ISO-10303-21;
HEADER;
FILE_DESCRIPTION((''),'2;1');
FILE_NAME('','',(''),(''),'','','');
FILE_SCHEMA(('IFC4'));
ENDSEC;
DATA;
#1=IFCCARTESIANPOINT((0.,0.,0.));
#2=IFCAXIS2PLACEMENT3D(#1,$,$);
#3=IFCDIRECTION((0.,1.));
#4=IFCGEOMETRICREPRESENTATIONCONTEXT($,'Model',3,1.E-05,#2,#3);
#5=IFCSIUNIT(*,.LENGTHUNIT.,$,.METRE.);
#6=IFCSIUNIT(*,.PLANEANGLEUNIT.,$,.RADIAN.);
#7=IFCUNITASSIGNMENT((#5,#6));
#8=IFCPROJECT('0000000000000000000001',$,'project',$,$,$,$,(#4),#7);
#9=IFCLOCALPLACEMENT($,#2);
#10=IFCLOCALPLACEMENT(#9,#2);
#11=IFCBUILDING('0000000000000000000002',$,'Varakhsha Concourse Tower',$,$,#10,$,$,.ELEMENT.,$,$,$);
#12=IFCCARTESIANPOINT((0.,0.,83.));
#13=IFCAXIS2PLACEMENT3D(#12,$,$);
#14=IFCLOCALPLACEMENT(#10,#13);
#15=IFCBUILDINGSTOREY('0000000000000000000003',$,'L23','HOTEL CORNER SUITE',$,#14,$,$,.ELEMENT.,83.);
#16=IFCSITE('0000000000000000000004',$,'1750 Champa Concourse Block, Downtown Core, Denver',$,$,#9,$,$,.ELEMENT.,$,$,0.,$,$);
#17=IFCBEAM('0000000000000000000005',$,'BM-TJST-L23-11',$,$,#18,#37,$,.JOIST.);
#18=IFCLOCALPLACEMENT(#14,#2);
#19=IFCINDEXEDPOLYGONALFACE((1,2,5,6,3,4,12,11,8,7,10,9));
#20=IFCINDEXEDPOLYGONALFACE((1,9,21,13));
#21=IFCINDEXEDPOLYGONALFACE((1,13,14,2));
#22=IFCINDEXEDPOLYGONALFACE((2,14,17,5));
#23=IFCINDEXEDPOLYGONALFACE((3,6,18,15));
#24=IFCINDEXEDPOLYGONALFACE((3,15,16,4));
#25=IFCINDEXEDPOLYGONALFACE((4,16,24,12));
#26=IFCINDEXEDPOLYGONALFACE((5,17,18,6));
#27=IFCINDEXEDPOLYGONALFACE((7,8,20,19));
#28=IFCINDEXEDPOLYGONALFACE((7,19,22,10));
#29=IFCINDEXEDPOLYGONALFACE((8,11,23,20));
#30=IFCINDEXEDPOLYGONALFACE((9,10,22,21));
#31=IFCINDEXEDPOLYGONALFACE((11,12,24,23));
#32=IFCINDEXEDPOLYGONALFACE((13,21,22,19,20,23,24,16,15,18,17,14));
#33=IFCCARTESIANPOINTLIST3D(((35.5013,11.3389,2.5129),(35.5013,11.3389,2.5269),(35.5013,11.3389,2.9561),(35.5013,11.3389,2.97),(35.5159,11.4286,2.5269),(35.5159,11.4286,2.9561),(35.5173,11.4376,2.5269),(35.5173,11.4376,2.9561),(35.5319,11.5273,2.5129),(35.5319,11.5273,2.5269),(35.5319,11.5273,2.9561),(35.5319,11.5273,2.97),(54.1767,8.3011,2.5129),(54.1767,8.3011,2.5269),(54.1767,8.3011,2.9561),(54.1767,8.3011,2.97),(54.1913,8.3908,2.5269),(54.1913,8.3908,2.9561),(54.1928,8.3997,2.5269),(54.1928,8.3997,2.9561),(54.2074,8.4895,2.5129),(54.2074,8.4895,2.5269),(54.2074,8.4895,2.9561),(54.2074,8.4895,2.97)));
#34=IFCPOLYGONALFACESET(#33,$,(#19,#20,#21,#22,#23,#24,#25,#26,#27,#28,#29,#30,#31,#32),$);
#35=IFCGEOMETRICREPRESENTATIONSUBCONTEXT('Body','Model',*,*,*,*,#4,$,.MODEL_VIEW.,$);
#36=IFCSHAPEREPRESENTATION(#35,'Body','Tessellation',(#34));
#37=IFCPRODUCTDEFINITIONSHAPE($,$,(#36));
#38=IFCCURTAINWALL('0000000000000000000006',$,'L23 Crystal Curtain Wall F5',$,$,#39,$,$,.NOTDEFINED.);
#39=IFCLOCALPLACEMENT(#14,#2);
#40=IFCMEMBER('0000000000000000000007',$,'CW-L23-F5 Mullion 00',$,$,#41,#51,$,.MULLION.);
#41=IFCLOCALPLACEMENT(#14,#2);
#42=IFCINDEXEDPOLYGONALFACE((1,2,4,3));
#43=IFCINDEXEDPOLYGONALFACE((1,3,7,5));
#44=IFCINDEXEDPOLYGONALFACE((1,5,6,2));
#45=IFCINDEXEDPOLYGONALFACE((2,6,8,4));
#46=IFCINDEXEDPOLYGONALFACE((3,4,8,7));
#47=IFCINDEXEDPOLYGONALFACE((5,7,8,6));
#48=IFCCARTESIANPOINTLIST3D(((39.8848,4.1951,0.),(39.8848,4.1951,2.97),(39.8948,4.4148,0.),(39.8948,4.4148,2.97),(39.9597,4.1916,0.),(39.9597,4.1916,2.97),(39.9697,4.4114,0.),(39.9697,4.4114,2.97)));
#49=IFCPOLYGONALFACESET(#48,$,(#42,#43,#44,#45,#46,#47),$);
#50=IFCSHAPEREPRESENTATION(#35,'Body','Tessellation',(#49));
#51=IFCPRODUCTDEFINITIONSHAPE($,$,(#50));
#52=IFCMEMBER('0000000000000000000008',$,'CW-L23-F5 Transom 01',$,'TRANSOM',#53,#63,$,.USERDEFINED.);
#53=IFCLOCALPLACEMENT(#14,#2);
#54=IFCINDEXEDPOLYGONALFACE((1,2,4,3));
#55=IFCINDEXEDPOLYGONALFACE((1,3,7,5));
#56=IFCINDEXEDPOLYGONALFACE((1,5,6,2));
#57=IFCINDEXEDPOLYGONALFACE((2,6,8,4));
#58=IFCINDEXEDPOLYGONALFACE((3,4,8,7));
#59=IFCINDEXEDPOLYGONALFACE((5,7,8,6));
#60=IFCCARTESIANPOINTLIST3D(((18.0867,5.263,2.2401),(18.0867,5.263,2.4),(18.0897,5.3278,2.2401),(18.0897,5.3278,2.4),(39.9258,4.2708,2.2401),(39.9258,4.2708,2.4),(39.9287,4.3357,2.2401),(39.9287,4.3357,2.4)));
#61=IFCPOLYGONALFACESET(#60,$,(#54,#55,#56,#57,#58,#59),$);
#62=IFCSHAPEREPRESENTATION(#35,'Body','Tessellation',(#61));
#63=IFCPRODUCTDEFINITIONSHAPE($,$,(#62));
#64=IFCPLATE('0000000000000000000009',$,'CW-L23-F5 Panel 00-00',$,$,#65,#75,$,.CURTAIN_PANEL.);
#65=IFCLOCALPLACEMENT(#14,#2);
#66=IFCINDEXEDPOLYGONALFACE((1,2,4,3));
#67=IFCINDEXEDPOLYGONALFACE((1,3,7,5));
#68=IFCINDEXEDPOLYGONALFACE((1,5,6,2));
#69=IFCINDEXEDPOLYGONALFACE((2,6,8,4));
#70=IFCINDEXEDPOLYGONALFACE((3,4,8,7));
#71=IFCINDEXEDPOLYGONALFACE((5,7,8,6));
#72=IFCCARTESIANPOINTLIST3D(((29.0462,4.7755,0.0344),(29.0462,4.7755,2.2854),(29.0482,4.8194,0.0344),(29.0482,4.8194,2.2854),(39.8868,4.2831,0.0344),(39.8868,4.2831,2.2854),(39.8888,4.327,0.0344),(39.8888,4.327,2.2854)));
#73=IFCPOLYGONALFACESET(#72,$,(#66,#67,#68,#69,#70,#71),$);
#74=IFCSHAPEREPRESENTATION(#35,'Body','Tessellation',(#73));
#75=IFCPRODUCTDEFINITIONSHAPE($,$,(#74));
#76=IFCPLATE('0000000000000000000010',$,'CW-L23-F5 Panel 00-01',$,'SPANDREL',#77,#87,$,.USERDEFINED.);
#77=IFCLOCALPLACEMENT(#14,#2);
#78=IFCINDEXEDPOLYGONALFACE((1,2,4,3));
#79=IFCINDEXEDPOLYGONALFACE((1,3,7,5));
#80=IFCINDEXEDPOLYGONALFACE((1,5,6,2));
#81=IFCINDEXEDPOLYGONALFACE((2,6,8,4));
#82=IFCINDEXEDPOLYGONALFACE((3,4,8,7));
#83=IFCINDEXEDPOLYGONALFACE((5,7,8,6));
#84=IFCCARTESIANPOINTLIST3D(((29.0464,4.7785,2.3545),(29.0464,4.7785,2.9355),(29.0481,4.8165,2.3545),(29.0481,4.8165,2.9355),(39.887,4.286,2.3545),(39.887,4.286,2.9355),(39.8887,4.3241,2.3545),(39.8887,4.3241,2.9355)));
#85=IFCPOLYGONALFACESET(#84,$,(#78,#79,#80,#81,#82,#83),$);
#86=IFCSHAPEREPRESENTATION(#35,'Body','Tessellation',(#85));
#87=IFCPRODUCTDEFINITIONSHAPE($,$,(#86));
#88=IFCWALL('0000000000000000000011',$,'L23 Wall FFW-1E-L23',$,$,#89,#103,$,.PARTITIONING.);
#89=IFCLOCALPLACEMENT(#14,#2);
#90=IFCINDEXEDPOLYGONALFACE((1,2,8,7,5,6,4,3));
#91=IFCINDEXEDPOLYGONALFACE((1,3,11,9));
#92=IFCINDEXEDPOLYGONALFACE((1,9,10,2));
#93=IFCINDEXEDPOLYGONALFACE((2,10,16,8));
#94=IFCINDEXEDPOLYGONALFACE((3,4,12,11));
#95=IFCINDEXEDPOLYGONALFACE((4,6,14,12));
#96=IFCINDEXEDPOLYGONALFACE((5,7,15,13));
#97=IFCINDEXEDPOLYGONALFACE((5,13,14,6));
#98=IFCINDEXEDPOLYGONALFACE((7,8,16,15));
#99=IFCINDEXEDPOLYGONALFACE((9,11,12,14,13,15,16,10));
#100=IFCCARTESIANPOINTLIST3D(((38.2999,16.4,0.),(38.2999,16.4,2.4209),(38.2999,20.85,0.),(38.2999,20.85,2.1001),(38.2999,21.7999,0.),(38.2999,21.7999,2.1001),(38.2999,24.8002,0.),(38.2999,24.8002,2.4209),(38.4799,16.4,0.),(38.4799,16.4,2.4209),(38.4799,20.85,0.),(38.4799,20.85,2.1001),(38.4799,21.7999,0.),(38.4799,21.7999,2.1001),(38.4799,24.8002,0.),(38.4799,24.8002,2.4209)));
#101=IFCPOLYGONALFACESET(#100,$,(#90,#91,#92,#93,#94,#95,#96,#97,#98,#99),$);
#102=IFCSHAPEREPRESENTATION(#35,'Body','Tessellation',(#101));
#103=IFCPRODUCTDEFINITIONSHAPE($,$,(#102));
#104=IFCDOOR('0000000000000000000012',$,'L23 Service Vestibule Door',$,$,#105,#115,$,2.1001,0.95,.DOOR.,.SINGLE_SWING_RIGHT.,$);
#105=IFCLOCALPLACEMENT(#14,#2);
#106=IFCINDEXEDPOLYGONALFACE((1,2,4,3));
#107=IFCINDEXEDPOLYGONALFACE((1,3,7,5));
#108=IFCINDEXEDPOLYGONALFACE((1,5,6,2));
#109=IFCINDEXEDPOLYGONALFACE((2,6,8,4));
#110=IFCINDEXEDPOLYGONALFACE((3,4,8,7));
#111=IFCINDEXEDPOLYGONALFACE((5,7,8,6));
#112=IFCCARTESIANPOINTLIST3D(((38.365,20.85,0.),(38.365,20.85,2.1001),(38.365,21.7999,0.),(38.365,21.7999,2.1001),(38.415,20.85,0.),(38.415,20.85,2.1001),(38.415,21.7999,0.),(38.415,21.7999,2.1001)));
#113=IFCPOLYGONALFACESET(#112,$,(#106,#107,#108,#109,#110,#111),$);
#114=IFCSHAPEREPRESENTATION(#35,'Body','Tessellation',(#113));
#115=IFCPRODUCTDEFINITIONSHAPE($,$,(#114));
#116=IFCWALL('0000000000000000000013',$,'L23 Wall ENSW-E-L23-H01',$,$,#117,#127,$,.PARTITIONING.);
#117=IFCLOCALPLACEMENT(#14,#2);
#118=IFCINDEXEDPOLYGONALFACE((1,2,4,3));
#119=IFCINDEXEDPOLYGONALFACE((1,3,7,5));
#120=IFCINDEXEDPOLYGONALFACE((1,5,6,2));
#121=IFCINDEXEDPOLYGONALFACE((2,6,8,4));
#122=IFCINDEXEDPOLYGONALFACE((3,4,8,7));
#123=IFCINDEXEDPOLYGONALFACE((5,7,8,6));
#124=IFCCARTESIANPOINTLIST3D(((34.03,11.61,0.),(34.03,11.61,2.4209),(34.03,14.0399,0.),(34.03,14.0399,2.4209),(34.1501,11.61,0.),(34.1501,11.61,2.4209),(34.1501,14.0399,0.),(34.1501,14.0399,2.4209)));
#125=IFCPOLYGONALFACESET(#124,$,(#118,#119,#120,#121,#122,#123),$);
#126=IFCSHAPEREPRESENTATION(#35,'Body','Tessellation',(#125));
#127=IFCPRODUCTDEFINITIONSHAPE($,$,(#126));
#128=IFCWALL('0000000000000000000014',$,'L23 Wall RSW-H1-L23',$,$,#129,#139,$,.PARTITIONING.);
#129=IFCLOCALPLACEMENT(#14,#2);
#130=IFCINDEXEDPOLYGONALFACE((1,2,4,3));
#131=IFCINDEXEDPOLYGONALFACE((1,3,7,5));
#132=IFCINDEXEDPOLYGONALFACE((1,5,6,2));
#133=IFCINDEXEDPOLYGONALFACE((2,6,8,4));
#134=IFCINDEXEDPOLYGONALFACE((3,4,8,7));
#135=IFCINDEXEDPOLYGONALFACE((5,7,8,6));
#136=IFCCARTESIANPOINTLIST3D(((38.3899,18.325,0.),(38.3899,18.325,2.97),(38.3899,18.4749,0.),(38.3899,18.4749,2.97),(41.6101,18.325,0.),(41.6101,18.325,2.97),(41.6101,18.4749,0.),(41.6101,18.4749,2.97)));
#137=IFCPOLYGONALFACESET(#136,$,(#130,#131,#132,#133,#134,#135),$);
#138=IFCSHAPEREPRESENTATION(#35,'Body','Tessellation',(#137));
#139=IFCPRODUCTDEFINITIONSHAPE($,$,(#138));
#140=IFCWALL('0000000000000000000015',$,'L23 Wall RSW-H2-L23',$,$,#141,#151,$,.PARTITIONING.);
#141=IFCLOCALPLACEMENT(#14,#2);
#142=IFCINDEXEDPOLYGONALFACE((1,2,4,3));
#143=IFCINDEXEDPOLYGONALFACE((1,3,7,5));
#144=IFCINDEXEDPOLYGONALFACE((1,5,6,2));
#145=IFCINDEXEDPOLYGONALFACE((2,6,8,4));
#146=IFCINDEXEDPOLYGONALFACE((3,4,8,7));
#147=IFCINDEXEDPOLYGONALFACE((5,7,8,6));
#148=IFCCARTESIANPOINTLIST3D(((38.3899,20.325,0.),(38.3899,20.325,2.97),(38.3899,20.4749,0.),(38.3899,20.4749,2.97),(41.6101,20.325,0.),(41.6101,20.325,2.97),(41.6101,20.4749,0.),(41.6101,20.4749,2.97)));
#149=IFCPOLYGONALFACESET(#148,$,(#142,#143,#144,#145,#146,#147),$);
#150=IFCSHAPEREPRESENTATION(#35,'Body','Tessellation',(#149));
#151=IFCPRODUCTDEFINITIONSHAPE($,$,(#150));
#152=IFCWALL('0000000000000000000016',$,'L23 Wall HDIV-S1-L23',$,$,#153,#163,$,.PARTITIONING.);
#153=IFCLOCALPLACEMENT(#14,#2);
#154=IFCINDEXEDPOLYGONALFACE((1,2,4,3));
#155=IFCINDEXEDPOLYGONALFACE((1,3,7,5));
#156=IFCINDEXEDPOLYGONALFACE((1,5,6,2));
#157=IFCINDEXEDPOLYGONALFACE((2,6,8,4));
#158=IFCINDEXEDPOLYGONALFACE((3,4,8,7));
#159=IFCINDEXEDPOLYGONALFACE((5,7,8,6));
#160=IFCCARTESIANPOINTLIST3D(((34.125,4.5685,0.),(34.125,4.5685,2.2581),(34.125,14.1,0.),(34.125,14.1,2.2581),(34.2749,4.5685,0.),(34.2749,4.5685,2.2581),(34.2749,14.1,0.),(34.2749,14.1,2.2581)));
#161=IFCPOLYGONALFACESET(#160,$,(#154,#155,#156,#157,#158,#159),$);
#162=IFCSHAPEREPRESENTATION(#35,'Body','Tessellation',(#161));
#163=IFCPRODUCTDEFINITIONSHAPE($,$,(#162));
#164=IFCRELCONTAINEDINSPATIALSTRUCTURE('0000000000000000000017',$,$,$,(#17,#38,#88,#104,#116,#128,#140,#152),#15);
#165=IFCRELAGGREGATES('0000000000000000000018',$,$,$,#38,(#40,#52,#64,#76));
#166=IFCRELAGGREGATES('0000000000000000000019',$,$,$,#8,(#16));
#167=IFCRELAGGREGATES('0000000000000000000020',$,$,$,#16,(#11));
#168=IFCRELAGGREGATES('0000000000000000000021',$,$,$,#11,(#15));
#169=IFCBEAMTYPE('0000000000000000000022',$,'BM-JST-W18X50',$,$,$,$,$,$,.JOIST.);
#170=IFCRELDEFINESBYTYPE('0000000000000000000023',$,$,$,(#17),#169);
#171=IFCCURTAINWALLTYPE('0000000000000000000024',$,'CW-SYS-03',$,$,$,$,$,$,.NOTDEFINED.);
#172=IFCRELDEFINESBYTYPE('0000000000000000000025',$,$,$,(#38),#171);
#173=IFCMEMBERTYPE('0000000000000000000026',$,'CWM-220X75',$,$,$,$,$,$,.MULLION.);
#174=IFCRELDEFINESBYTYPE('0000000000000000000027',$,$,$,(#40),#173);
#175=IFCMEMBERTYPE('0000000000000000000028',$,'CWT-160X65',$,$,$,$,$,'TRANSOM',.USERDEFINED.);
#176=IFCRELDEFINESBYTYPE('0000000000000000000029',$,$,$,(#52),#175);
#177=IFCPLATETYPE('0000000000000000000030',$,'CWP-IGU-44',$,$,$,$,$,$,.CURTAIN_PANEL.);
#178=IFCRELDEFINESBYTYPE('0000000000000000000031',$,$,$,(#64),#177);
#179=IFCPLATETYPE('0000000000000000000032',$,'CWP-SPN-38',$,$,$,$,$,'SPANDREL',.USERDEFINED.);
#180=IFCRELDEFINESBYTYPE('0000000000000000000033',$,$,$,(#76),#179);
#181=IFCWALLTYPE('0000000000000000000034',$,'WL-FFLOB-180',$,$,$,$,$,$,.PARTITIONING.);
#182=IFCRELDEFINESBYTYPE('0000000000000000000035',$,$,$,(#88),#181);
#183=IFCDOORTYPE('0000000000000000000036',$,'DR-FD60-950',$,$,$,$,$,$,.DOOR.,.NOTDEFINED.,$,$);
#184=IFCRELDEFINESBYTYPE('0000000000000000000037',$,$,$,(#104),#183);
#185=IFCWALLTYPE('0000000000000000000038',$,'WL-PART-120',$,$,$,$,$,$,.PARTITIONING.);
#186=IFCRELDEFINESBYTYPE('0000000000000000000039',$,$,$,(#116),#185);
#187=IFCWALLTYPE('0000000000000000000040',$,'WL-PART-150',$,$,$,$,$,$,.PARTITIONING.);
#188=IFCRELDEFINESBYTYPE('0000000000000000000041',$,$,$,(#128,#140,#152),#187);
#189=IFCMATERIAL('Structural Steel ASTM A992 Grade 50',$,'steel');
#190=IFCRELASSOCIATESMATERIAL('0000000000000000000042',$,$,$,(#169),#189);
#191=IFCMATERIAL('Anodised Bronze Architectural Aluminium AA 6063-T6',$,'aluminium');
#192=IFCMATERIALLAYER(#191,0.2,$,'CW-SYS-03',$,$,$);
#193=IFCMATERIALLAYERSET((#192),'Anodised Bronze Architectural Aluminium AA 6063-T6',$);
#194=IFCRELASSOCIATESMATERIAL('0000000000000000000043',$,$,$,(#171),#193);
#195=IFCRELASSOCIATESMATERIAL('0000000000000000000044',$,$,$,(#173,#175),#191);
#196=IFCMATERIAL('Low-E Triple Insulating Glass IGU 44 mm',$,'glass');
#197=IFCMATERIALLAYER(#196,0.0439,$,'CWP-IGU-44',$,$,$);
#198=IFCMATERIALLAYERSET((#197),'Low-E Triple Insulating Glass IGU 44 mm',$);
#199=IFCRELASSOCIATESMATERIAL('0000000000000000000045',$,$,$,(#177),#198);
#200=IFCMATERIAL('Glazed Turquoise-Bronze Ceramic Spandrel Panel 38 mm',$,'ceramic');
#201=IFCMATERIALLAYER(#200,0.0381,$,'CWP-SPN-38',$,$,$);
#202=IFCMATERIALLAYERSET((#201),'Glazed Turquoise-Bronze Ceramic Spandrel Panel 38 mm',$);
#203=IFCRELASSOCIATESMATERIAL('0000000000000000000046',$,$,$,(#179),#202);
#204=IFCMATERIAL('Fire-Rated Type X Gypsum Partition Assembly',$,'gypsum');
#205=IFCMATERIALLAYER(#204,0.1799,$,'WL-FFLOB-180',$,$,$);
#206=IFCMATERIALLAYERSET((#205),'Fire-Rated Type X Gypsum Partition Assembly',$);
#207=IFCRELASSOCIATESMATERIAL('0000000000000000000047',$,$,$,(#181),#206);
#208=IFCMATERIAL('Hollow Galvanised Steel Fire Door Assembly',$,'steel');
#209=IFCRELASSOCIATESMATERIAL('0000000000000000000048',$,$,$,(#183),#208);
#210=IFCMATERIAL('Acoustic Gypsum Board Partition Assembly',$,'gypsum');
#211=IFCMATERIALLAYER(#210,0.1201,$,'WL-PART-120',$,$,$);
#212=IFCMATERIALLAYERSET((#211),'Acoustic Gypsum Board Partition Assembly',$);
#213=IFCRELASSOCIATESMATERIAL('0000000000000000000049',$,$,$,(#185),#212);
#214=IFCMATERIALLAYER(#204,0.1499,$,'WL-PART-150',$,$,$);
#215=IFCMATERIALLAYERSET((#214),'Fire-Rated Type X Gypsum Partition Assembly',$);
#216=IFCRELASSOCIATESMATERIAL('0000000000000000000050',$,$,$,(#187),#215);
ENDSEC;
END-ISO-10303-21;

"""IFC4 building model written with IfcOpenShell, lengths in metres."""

from ifc_helpers import new_model, si_unit, direction, frame, frame_2d, origin, origin_2d, place, context, subcontext, project, spatial, rectangle, i_section, extrude, source, transform, mapped, material, layer, layer_set, material_profile, profile_set, type_object, type_shapes, element, fill, aggregate, save


model = new_model("IFC4")

# Units and contexts
model_context = context("Model", 3, precision=1e-05, world=origin(), true_north=direction((0.0, 1.0)))
body_context = subcontext(model_context, "Body", "Model", "MODEL_VIEW")
ifc_project = project(units=[si_unit("LENGTHUNIT", "METRE"), si_unit("PLANEANGLEUNIT", "RADIAN")], contexts=[model_context])

# Site, building, storey
site_placement = place(None, origin())
site = spatial("IfcSite", under=ifc_project, at=site_placement, Name="1750 Champa Concourse Block, Downtown Core, Denver", CompositionType="ELEMENT", RefElevation=0.0)
building_placement = place(site_placement, origin())
building = spatial("IfcBuilding", under=site, at=building_placement, Name="Varakhsha Concourse Tower", CompositionType="ELEMENT")
storey_placement = place(building_placement, frame((0.0, 0.0, 83.0)))
storey = spatial("IfcBuildingStorey", under=building, at=storey_placement, Name="L23", Description="HOTEL CORNER SUITE", CompositionType="ELEMENT", Elevation=83.0)

# Beam
ifc_material_1 = material(Name="Structural Steel ASTM A992 Grade 50", Category="steel")
ifc_material_profile_1 = material_profile(ifc_material_1, i_section(OverallWidth=0.1909, OverallDepth=0.457, WebThickness=0.009, FlangeThickness=0.0139, at=origin_2d()), Name="W18X50")
ifc_profile_set_1 = profile_set([ifc_material_profile_1], Name="Structural Steel ASTM A992 Grade 50")
beam_type = type_object("IfcBeamType", Name="BM-JST-W18X50", PredefinedType="JOIST", material=ifc_profile_set_1)
beam_placement = place(storey_placement, frame((35.5166, 11.4331, 2.7415), z_axis=(0.987027, -0.160554, 0.0), x_axis=(0.160554, 0.987027, 0.0)))
element("IfcBeam", 1, at=beam_placement, inside=storey, type_object=beam_type, Name="BM-TJST-L23-11", PredefinedType="JOIST", context=body_context, shape_type="SweptSolid", body=[
    extrude(i_section(OverallWidth=0.1909, OverallDepth=0.457, WebThickness=0.009, FlangeThickness=0.0139, at=origin_2d()), origin(), (0.0, 0.0, 1.0), 18.9209),
])

# Curtain wall, members, plates
ifc_material_2 = material(Name="Anodised Bronze Architectural Aluminium AA 6063-T6", Category="aluminium")
ifc_layer_1 = layer(ifc_material_2, 0.2, Name="CW-SYS-03")
ifc_layer_set_1 = layer_set([ifc_layer_1], Name="Anodised Bronze Architectural Aluminium AA 6063-T6")
curtain_wall_type = type_object("IfcCurtainWallType", Name="CW-SYS-03", PredefinedType="NOTDEFINED", material=ifc_layer_set_1)
curtain_wall_placement = place(storey_placement, origin())
curtain_wall = element("IfcCurtainWall", 2, at=curtain_wall_placement, inside=storey, type_object=curtain_wall_type, Name="L23 Crystal Curtain Wall F5", PredefinedType="NOTDEFINED")
ifc_material_profile_2 = material_profile(ifc_material_2, rectangle(XDim=0.075, YDim=0.22, at=origin_2d()), Name="CWM-220X75")
ifc_profile_set_2 = profile_set([ifc_material_profile_2], Name="Anodised Bronze Architectural Aluminium AA 6063-T6")
member_type_1 = type_object("IfcMemberType", Name="CWM-220X75", PredefinedType="MULLION", material=ifc_profile_set_2)
shared_shape_1 = source(origin(), body_context, "Body", "SweptSolid", [
    extrude(rectangle(XDim=0.075, YDim=0.22, at=origin_2d()), origin(), (0.0, 0.0, 1.0), 2.97),
])
type_shapes(member_type_1, [shared_shape_1])
member_1_placement = place(storey_placement, frame((39.9272, 4.3032, 0.0), z_axis=(0.0, 0.0, 1.0), x_axis=(-0.99897, 0.04538, 0.0)))
member_1 = element("IfcMember", 3, at=member_1_placement, type_object=member_type_1, Name="CW-L23-F5 Mullion 00", PredefinedType="MULLION", context=body_context, shape_type="MappedRepresentation", body=[
    mapped(shared_shape_1, transform((0.0, 0.0, 0.0), scale=1.0)),
])
ifc_material_profile_3 = material_profile(ifc_material_2, rectangle(XDim=0.0649, YDim=0.1599, at=origin_2d()), Name="CWT-160X65")
ifc_profile_set_3 = profile_set([ifc_material_profile_3], Name="Anodised Bronze Architectural Aluminium AA 6063-T6")
member_type_2 = type_object("IfcMemberType", Name="CWT-160X65", ElementType="TRANSOM", PredefinedType="USERDEFINED", material=ifc_profile_set_3)
shared_shape_2 = source(origin(), body_context, "Body", "SweptSolid", [
    extrude(rectangle(XDim=0.0649, YDim=0.1599, at=origin_2d()), origin(), (0.0, 0.0, 1.0), 21.8616),
])
type_shapes(member_type_2, [shared_shape_2])
member_2_placement = place(storey_placement, frame((39.9272, 4.3032, 2.3201), z_axis=(-0.99897, 0.045385, 0.0), x_axis=(-0.045385, -0.99897, 0.0)))
member_2 = element("IfcMember", 4, at=member_2_placement, type_object=member_type_2, Name="CW-L23-F5 Transom 01", ObjectType="TRANSOM", PredefinedType="USERDEFINED", context=body_context, shape_type="MappedRepresentation", body=[
    mapped(shared_shape_2, transform((0.0, 0.0, 0.0), scale=1.0)),
])
ifc_material_3 = material(Name="Low-E Triple Insulating Glass IGU 44 mm", Category="glass")
ifc_layer_2 = layer(ifc_material_3, 0.0439, Name="CWP-IGU-44")
ifc_layer_set_2 = layer_set([ifc_layer_2], Name="Low-E Triple Insulating Glass IGU 44 mm")
plate_type_1 = type_object("IfcPlateType", Name="CWP-IGU-44", PredefinedType="CURTAIN_PANEL", material=ifc_layer_set_2)
shared_shape_3 = source(origin(), body_context, "Body", "SweptSolid", [
    extrude(rectangle(XDim=10.8518, YDim=0.0439, at=origin_2d()), origin(), (0.0, 0.0, 1.0), 2.251),
])
type_shapes(plate_type_1, [shared_shape_3])
plate_1_placement = place(storey_placement, frame((34.4675, 4.5513, 0.0344), z_axis=(0.0, 0.0, 1.0), x_axis=(-0.99897, 0.04538, 0.0)))
plate_1 = element("IfcPlate", 5, at=plate_1_placement, type_object=plate_type_1, Name="CW-L23-F5 Panel 00-00", PredefinedType="CURTAIN_PANEL", context=body_context, shape_type="MappedRepresentation", body=[
    mapped(shared_shape_3, transform((0.0, 0.0, 0.0), scale=1.0)),
])
ifc_material_4 = material(Name="Glazed Turquoise-Bronze Ceramic Spandrel Panel 38 mm", Category="ceramic")
ifc_layer_3 = layer(ifc_material_4, 0.0381, Name="CWP-SPN-38")
ifc_layer_set_3 = layer_set([ifc_layer_3], Name="Glazed Turquoise-Bronze Ceramic Spandrel Panel 38 mm")
plate_type_2 = type_object("IfcPlateType", Name="CWP-SPN-38", ElementType="SPANDREL", PredefinedType="USERDEFINED", material=ifc_layer_set_3)
shared_shape_4 = source(origin(), body_context, "Body", "SweptSolid", [
    extrude(rectangle(XDim=10.8518, YDim=0.0381, at=origin_2d()), origin(), (0.0, 0.0, 1.0), 0.5811),
])
type_shapes(plate_type_2, [shared_shape_4])
plate_2_placement = place(storey_placement, frame((34.4675, 4.5513, 2.3545), z_axis=(0.0, 0.0, 1.0), x_axis=(-0.99897, 0.04538, 0.0)))
plate_2 = element("IfcPlate", 6, at=plate_2_placement, type_object=plate_type_2, Name="CW-L23-F5 Panel 00-01", ObjectType="SPANDREL", PredefinedType="USERDEFINED", context=body_context, shape_type="MappedRepresentation", body=[
    mapped(shared_shape_4, transform((0.0, 0.0, 0.0), scale=1.0)),
])
aggregate(curtain_wall, [member_1, member_2, plate_1, plate_2])

# Wall, opening, door
ifc_material_5 = material(Name="Fire-Rated Type X Gypsum Partition Assembly", Category="gypsum")
ifc_layer_4 = layer(ifc_material_5, 0.1799, Name="WL-FFLOB-180")
ifc_layer_set_4 = layer_set([ifc_layer_4], Name="Fire-Rated Type X Gypsum Partition Assembly")
wall_type_1 = type_object("IfcWallType", Name="WL-FFLOB-180", PredefinedType="PARTITIONING", material=ifc_layer_set_4)
wall_1_placement = place(storey_placement, frame((38.3899, 16.3999, 0.0), z_axis=(0.0, 0.0, 1.0), x_axis=(0.0, 1.0, 0.0)))
wall_1 = element("IfcWall", 7, at=wall_1_placement, inside=storey, type_object=wall_type_1, Name="L23 Wall FFW-1E-L23", PredefinedType="PARTITIONING", context=body_context, shape_type="SweptSolid", body=[
    extrude(rectangle(XDim=8.4001, YDim=0.1799, at=frame_2d((4.2002, 0.0))), origin(), (0.0, 0.0, 1.0), 2.4209),
])
opening_1_placement = place(wall_1_placement, frame((4.45, 0.0, 0.0)))
opening_1 = element("IfcOpeningElement", 8, at=opening_1_placement, cuts=wall_1, PredefinedType="OPENING", context=body_context, shape_type="SweptSolid", body=[
    extrude(rectangle(XDim=0.95, YDim=2.1001, at=frame_2d((0.4751, 1.05))), frame((0.0, 0.0999, 0.0), z_axis=(0.0, -1.0, 0.0), x_axis=(1.0, 0.0, 0.0)), (0.0, 0.0, 1.0), 0.2),
])
ifc_material_6 = material(Name="Hollow Galvanised Steel Fire Door Assembly", Category="steel")
door_type_1 = type_object("IfcDoorType", Name="DR-FD60-950", OperationType="NOTDEFINED", PredefinedType="DOOR", material=ifc_material_6)
door_1_placement = place(opening_1_placement, origin())
door_1 = element("IfcDoor", 9, at=door_1_placement, inside=storey, type_object=door_type_1, Name="L23 Service Vestibule Door", OperationType="SINGLE_SWING_RIGHT", OverallHeight=2.1001, OverallWidth=0.95, PredefinedType="DOOR", context=body_context, shape_type="SweptSolid", body=[
    extrude(rectangle(XDim=0.95, YDim=2.1001, at=frame_2d((0.4751, 1.05))), frame((0.0, 0.0249, 0.0), z_axis=(0.0, -1.0, 0.0), x_axis=(1.0, 0.0, 0.0)), (0.0, 0.0, 1.0), 0.05),
])
fill(opening_1, door_1)

# Walls
ifc_material_7 = material(Name="Acoustic Gypsum Board Partition Assembly", Category="gypsum")
ifc_layer_5 = layer(ifc_material_7, 0.1201, Name="WL-PART-120")
ifc_layer_set_5 = layer_set([ifc_layer_5], Name="Acoustic Gypsum Board Partition Assembly")
wall_type_2 = type_object("IfcWallType", Name="WL-PART-120", PredefinedType="PARTITIONING", material=ifc_layer_set_5)
wall_2_placement = place(storey_placement, frame((34.0901, 11.6101, 0.0), z_axis=(0.0, 0.0, 1.0), x_axis=(0.0, 1.0, 0.0)))
element("IfcWall", 10, at=wall_2_placement, inside=storey, type_object=wall_type_2, Name="L23 Wall ENSW-E-L23-H01", PredefinedType="PARTITIONING", context=body_context, shape_type="SweptSolid", body=[
    extrude(rectangle(XDim=2.4299, YDim=0.1201, at=frame_2d((1.2148, 0.0))), origin(), (0.0, 0.0, 1.0), 2.4209),
])
ifc_layer_6 = layer(ifc_material_5, 0.1499, Name="WL-PART-150")
ifc_layer_set_6 = layer_set([ifc_layer_6], Name="Fire-Rated Type X Gypsum Partition Assembly")
wall_type_3 = type_object("IfcWallType", Name="WL-PART-150", PredefinedType="PARTITIONING", material=ifc_layer_set_6)
for number, where, z_axis, x_axis, name in (
    (11, (38.3899, 18.3999, 0.0), (0.0, 0.0, 1.0), (1.0, 0.0, 0.0), "L23 Wall RSW-H1-L23"),
    (12, (38.3899, 20.3999, 0.0), (0.0, 0.0, 1.0), (1.0, 0.0, 0.0), "L23 Wall RSW-H2-L23"),
):
    element("IfcWall", number, at=place(storey_placement, frame(where, z_axis=z_axis, x_axis=x_axis)), inside=storey, type_object=wall_type_3, Name=name, PredefinedType="PARTITIONING", context=body_context, shape_type="SweptSolid", body=[
        extrude(rectangle(XDim=3.2202, YDim=0.1499, at=frame_2d((1.6101, 0.0))), origin(), (0.0, 0.0, 1.0), 2.97),
    ])
wall_3_placement = place(storey_placement, frame((34.2, 4.5686, 0.0), z_axis=(0.0, 0.0, 1.0), x_axis=(0.0, 1.0, 0.0)))
element("IfcWall", 13, at=wall_3_placement, inside=storey, type_object=wall_type_3, Name="L23 Wall HDIV-S1-L23", PredefinedType="PARTITIONING", context=body_context, shape_type="SweptSolid", body=[
    extrude(rectangle(XDim=9.5315, YDim=0.1499, at=frame_2d((4.7656, 0.0))), origin(), (0.0, 0.0, 1.0), 2.2581),
])

save(model, "model.ifc")
